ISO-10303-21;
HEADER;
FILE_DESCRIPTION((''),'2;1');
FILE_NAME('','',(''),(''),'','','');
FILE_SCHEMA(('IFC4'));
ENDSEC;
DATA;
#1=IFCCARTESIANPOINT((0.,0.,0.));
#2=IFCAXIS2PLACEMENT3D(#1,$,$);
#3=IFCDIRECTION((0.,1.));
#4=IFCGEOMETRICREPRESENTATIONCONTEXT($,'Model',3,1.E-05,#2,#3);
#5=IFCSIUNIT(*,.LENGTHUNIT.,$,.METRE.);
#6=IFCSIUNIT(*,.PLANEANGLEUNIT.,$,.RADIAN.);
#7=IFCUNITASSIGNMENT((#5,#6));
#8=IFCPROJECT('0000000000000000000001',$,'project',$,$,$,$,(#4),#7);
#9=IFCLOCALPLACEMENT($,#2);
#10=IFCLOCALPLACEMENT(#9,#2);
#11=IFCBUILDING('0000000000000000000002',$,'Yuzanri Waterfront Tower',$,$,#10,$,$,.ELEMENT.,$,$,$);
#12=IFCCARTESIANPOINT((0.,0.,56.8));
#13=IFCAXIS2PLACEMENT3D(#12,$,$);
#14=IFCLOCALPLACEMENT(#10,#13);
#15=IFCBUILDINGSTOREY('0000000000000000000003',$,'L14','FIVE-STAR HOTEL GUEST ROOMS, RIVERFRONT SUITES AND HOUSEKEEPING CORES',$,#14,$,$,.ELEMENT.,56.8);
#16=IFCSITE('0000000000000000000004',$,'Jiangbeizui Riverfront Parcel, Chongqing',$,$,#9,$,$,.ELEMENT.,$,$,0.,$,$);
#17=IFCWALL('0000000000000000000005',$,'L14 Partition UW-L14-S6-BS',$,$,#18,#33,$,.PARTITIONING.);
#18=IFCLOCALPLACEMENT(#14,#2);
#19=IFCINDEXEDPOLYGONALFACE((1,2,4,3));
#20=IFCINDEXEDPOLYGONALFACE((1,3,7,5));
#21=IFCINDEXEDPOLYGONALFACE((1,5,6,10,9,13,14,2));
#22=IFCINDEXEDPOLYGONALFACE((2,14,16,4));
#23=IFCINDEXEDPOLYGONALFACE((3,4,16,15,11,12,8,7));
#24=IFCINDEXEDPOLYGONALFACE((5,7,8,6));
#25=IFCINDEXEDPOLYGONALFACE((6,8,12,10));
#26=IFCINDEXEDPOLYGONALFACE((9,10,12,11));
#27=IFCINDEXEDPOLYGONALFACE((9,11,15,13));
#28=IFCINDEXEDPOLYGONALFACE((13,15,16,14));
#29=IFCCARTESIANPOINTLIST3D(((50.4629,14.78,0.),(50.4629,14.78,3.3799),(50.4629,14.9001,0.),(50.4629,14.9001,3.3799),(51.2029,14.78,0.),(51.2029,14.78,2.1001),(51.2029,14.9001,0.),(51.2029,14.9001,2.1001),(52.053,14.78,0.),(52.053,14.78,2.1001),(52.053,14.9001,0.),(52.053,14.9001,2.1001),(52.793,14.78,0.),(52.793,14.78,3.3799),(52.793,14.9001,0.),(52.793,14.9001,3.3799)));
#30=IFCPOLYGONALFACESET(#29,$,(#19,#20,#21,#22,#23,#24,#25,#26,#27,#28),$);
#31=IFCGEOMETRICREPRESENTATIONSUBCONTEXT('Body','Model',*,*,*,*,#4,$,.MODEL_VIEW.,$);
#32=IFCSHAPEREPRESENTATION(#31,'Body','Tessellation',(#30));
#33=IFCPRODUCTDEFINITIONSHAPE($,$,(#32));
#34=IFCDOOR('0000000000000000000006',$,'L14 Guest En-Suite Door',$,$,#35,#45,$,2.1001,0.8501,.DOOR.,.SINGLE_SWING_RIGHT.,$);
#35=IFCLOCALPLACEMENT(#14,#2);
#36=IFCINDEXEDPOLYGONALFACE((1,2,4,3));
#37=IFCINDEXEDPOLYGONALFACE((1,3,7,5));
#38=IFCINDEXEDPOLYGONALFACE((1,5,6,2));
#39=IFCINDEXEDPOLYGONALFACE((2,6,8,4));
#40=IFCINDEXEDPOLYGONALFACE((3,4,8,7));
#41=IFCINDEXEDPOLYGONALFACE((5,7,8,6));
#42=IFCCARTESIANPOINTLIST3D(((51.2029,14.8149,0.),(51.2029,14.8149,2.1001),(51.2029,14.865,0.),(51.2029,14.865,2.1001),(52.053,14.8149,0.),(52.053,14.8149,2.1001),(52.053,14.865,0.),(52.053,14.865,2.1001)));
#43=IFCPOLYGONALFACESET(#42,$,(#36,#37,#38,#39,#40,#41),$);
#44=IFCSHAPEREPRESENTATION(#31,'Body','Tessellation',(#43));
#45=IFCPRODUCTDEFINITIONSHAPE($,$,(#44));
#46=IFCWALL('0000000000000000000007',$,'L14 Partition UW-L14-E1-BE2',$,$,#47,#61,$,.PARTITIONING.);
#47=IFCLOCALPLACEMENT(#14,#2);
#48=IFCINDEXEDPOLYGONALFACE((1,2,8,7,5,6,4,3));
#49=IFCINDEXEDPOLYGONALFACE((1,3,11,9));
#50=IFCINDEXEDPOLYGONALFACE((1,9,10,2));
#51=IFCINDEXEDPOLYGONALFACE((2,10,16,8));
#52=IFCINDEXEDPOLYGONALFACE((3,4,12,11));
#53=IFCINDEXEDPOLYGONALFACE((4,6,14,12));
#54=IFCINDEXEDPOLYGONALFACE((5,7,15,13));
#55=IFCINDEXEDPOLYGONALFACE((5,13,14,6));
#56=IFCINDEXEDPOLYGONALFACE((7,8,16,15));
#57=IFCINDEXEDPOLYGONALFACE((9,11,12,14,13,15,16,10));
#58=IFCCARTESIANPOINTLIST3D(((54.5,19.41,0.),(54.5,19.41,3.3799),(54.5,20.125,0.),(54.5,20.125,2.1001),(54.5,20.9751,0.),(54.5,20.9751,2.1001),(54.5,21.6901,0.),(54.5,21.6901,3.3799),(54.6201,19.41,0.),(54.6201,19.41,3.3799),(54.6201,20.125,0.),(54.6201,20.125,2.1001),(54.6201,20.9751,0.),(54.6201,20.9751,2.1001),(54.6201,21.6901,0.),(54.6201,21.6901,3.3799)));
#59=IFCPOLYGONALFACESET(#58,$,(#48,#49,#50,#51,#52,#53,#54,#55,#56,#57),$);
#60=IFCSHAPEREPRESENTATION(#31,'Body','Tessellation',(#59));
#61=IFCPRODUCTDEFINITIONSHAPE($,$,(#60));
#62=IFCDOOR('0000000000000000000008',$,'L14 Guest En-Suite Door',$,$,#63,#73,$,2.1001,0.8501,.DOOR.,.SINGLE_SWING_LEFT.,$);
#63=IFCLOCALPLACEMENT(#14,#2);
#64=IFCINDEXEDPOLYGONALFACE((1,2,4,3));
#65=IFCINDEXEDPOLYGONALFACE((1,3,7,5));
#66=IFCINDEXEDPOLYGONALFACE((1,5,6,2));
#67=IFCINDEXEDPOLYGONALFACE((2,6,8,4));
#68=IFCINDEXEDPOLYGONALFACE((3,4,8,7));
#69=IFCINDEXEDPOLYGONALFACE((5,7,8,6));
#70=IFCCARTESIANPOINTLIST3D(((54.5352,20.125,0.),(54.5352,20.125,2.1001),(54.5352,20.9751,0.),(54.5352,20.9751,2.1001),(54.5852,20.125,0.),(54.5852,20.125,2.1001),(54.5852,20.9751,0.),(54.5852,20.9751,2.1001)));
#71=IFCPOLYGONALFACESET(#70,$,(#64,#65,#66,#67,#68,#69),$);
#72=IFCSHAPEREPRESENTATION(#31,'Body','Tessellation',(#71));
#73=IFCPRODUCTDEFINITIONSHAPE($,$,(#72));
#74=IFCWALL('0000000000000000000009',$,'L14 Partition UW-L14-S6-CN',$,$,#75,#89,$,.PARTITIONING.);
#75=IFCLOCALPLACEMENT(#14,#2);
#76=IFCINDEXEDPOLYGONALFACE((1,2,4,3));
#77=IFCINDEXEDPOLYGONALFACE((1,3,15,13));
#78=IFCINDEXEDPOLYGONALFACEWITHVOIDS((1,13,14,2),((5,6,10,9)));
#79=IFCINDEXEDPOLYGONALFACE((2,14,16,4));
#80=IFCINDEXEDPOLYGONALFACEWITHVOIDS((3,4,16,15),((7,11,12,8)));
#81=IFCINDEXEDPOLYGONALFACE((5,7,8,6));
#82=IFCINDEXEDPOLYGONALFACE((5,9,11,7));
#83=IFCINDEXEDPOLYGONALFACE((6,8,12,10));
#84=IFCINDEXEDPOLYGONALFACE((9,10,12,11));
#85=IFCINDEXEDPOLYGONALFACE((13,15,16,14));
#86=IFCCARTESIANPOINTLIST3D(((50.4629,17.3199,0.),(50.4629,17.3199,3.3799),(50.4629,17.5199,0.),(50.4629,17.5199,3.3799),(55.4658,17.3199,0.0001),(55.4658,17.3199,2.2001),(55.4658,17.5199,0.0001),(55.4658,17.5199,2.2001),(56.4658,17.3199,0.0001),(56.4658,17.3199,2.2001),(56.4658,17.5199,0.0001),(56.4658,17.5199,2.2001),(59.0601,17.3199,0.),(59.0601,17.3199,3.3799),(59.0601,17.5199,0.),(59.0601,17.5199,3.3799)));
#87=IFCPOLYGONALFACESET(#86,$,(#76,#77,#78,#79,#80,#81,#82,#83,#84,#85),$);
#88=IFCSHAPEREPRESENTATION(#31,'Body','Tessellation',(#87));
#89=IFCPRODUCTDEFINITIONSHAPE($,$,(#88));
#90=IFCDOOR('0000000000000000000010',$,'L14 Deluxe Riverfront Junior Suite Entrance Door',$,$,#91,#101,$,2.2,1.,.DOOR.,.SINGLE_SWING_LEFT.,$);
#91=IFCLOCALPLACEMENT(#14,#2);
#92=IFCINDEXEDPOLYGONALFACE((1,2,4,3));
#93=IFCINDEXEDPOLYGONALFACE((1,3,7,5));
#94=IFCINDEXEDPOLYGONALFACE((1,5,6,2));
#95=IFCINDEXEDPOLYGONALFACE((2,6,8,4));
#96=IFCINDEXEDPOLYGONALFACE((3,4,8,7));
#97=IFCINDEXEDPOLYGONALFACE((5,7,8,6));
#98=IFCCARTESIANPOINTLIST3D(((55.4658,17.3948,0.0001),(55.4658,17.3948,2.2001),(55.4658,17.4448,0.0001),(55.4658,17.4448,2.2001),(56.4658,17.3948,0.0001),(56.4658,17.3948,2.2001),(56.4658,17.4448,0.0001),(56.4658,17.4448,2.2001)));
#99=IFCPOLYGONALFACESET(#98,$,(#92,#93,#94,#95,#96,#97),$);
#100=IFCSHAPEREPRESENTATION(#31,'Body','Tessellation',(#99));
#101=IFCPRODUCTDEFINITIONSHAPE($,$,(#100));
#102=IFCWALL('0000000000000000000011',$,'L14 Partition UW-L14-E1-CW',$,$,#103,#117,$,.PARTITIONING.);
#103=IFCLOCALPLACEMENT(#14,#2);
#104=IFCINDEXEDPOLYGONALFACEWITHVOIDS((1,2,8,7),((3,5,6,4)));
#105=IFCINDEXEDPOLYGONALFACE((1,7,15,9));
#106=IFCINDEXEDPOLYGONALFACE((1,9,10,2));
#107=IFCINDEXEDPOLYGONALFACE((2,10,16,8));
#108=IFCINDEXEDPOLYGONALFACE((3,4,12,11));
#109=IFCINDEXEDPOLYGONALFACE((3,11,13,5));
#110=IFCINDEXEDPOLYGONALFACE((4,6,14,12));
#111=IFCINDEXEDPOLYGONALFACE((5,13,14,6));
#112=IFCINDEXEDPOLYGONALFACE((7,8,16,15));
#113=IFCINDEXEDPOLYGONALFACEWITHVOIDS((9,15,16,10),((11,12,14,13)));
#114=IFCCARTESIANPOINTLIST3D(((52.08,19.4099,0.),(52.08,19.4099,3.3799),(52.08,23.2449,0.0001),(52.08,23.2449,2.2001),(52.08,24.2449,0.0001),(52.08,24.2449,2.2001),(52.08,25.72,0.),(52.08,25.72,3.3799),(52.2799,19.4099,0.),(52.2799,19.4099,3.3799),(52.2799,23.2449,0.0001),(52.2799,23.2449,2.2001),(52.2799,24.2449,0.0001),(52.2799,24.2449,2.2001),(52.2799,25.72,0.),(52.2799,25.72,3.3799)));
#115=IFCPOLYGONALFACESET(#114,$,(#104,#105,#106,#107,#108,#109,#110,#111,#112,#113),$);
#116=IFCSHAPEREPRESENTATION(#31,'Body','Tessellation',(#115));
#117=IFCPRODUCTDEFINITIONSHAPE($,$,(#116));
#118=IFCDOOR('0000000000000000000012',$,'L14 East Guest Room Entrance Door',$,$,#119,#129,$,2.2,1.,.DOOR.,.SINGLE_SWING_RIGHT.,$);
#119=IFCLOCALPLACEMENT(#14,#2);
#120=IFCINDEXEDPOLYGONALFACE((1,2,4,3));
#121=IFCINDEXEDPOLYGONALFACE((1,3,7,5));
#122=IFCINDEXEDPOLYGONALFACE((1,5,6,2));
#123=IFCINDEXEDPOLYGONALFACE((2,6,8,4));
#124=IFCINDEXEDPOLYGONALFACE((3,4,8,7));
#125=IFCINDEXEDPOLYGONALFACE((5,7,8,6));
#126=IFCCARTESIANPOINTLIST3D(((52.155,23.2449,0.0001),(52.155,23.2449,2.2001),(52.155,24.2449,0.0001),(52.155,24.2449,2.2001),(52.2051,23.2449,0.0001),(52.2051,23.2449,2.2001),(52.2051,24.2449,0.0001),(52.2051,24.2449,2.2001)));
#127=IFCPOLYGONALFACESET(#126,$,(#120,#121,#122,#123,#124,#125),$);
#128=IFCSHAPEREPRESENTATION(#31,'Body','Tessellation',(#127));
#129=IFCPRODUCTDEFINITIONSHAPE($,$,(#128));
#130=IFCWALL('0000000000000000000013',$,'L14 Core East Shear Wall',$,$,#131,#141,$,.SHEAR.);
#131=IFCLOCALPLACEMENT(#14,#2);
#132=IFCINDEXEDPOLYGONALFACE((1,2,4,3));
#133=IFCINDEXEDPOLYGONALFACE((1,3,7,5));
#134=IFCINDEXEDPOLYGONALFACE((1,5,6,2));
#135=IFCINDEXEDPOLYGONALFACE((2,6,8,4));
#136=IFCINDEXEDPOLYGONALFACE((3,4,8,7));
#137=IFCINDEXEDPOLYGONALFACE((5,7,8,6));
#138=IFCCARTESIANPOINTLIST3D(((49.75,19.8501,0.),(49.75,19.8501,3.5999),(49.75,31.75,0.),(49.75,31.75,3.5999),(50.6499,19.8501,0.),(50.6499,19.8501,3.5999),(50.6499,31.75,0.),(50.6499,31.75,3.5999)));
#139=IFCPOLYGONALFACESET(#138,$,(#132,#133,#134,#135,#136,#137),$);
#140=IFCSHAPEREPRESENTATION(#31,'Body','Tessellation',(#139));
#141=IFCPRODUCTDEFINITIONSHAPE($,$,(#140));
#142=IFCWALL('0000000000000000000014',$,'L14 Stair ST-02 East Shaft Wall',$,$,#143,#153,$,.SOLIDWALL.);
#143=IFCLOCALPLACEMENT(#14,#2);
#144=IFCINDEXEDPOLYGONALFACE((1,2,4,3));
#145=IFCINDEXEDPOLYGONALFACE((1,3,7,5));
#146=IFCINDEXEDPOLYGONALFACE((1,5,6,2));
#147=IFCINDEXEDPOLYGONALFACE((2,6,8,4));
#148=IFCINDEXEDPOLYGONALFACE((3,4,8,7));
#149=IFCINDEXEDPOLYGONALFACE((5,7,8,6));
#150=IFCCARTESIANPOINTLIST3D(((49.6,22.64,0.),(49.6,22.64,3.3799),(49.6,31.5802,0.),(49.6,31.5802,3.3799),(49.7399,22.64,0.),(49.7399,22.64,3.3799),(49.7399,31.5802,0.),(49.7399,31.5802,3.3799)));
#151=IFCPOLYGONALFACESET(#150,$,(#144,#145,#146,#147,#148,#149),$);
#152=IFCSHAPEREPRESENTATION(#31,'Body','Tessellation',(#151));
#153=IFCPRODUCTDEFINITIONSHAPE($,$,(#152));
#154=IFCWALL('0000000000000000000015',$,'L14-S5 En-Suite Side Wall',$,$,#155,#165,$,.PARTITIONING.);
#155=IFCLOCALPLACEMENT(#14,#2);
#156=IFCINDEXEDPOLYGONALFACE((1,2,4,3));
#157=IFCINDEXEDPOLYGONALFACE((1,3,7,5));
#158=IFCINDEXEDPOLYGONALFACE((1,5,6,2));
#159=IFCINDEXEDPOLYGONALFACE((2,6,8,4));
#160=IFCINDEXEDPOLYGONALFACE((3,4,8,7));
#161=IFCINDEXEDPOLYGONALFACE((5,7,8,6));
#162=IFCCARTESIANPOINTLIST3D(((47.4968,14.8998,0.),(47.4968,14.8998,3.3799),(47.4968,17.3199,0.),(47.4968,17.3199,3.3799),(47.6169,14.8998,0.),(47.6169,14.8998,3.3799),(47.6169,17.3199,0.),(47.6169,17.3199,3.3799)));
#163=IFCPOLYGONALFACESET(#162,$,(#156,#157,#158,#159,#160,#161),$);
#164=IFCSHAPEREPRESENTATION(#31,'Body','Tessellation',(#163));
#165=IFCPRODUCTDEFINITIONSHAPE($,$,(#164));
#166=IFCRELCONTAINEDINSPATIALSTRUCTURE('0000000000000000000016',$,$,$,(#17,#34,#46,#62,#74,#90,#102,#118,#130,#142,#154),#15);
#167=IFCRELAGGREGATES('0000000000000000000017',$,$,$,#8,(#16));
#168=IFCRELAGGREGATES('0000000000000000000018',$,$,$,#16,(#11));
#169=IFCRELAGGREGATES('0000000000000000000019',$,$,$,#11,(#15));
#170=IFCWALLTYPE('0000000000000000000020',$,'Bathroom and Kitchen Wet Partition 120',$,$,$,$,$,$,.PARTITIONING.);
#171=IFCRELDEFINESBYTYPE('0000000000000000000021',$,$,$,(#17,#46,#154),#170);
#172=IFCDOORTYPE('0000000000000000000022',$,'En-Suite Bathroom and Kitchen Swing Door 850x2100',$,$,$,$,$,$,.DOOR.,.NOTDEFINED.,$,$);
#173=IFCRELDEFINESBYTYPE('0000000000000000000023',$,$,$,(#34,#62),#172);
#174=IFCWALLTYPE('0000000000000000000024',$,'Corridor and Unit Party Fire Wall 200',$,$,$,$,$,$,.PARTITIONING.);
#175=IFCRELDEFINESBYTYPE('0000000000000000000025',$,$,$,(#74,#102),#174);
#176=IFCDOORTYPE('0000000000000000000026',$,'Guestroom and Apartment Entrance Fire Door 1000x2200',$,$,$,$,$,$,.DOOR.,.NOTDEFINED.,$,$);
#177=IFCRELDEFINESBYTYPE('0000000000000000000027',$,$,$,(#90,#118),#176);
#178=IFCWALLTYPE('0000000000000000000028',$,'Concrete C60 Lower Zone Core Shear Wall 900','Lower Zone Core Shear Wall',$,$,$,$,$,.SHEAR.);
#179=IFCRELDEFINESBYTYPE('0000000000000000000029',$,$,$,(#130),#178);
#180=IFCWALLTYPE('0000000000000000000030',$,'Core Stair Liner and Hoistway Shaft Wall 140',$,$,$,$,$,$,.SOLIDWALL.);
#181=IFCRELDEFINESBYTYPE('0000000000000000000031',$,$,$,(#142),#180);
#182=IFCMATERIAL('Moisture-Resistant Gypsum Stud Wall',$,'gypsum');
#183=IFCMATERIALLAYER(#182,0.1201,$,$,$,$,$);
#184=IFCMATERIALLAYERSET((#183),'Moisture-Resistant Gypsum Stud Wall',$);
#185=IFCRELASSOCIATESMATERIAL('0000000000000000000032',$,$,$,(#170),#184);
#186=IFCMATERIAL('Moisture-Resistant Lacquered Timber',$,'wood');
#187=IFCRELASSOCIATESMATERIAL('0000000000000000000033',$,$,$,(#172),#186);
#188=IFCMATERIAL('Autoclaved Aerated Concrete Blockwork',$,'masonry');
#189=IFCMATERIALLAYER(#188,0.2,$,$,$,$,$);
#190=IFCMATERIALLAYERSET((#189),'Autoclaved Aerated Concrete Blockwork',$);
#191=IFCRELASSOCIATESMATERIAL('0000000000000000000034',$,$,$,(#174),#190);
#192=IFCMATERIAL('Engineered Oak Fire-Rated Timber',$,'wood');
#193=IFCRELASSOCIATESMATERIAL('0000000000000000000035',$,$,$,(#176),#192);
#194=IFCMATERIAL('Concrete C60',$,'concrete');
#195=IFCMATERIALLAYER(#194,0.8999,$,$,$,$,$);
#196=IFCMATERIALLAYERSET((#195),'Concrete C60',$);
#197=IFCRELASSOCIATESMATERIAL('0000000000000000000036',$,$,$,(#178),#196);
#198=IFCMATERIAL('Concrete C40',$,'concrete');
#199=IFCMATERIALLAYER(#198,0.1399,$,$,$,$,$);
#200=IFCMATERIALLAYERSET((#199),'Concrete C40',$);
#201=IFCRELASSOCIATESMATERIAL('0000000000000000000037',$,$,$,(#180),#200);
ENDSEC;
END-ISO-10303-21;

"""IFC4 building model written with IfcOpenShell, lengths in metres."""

from ifc_helpers import new_model, si_unit, direction, frame, frame_2d, origin, place, context, subcontext, project, spatial, rectangle, extrude, source, transform, mapped, material, layer, layer_set, type_object, element, fill, save


model = new_model("IFC4")

# Units and contexts
model_context = context("Model", 3, precision=1e-05, world=origin(), true_north=direction((0.0, 1.0)))
body_context = subcontext(model_context, "Body", "Model", "MODEL_VIEW")
ifc_project = project(units=[si_unit("LENGTHUNIT", "METRE"), si_unit("PLANEANGLEUNIT", "RADIAN")], contexts=[model_context])

# Site, building, storey
site_placement = place(None, origin())
site = spatial("IfcSite", under=ifc_project, at=site_placement, Name="Jiangbeizui Riverfront Parcel, Chongqing", CompositionType="ELEMENT", RefElevation=0.0)
building_placement = place(site_placement, origin())
building = spatial("IfcBuilding", under=site, at=building_placement, Name="Yuzanri Waterfront Tower", CompositionType="ELEMENT")
storey_placement = place(building_placement, frame((0.0, 0.0, 56.8)))
storey = spatial("IfcBuildingStorey", under=building, at=storey_placement, Name="L14", Description="FIVE-STAR HOTEL GUEST ROOMS, RIVERFRONT SUITES AND HOUSEKEEPING CORES", CompositionType="ELEMENT", Elevation=56.8)

# Walls, openings, doors
ifc_material_1 = material(Name="Moisture-Resistant Gypsum Stud Wall", Category="gypsum")
ifc_layer_1 = layer(ifc_material_1, 0.1201)
ifc_layer_set_1 = layer_set([ifc_layer_1], Name="Moisture-Resistant Gypsum Stud Wall")
wall_type_1 = type_object("IfcWallType", Name="Bathroom and Kitchen Wet Partition 120", PredefinedType="PARTITIONING", material=ifc_layer_set_1)
wall_1_placement = place(storey_placement, frame((50.4629, 14.8401, 0.0), z_axis=(0.0, 0.0, 1.0), x_axis=(1.0, 0.0, 0.0)))
wall_1 = element("IfcWall", 1, at=wall_1_placement, inside=storey, type_object=wall_type_1, Name="L14 Partition UW-L14-S6-BS", PredefinedType="PARTITIONING", context=body_context, shape_type="SweptSolid", body=[
    extrude(rectangle(XDim=2.3301, YDim=0.1201, at=frame_2d((1.165, 0.0))), origin(), (0.0, 0.0, 1.0), 3.3799),
])
opening_1_placement = place(wall_1_placement, frame((0.74, 0.0, 0.0)))
opening_1 = element("IfcOpeningElement", 2, at=opening_1_placement, cuts=wall_1, PredefinedType="OPENING", context=body_context, shape_type="SweptSolid", body=[
    extrude(rectangle(XDim=0.8501, YDim=2.1001, at=frame_2d((0.425, 1.05))), frame((0.0, 0.075, 0.0), z_axis=(0.0, -1.0, 0.0), x_axis=(1.0, 0.0, 0.0)), (0.0, 0.0, 1.0), 0.1499),
])
ifc_material_2 = material(Name="Moisture-Resistant Lacquered Timber", Category="wood")
door_type_1 = type_object("IfcDoorType", Name="En-Suite Bathroom and Kitchen Swing Door 850x2100", OperationType="NOTDEFINED", PredefinedType="DOOR", material=ifc_material_2)
shared_shape_1 = source(origin(), body_context, "Body", "SweptSolid", [
    extrude(rectangle(XDim=0.8501, YDim=2.1001, at=frame_2d((0.425, 1.05))), frame((0.0, 0.0249, 0.0), z_axis=(0.0, -1.0, 0.0), x_axis=(1.0, 0.0, 0.0)), (0.0, 0.0, 1.0), 0.05),
])
door_1_placement = place(opening_1_placement, origin())
door_1 = element("IfcDoor", 3, at=door_1_placement, inside=storey, type_object=door_type_1, Name="L14 Guest En-Suite Door", OperationType="SINGLE_SWING_RIGHT", OverallHeight=2.1001, OverallWidth=0.8501, PredefinedType="DOOR", context=body_context, shape_type="MappedRepresentation", body=[
    mapped(shared_shape_1, transform((0.0, 0.0, 0.0), scale=1.0)),
])
fill(opening_1, door_1)
wall_2_placement = place(storey_placement, frame((54.5601, 19.4099, 0.0), z_axis=(0.0, 0.0, 1.0), x_axis=(0.0, 1.0, 0.0)))
wall_2 = element("IfcWall", 4, at=wall_2_placement, inside=storey, type_object=wall_type_1, Name="L14 Partition UW-L14-E1-BE2", PredefinedType="PARTITIONING", context=body_context, shape_type="SweptSolid", body=[
    extrude(rectangle(XDim=2.28, YDim=0.1201, at=frame_2d((1.1401, 0.0))), origin(), (0.0, 0.0, 1.0), 3.3799),
])
opening_2_placement = place(wall_2_placement, frame((0.7151, 0.0, 0.0)))
opening_2 = element("IfcOpeningElement", 5, at=opening_2_placement, cuts=wall_2, PredefinedType="OPENING", context=body_context, shape_type="SweptSolid", body=[
    extrude(rectangle(XDim=0.8501, YDim=2.1001, at=frame_2d((0.425, 1.05))), frame((0.0, 0.075, 0.0), z_axis=(0.0, -1.0, 0.0), x_axis=(1.0, 0.0, 0.0)), (0.0, 0.0, 1.0), 0.1499),
])
door_2_placement = place(opening_2_placement, origin())
door_2 = element("IfcDoor", 6, at=door_2_placement, inside=storey, type_object=door_type_1, Name="L14 Guest En-Suite Door", OperationType="SINGLE_SWING_LEFT", OverallHeight=2.1001, OverallWidth=0.8501, PredefinedType="DOOR", context=body_context, shape_type="MappedRepresentation", body=[
    mapped(shared_shape_1, transform((0.0, 0.0, 0.0), scale=1.0)),
])
fill(opening_2, door_2)
ifc_material_3 = material(Name="Autoclaved Aerated Concrete Blockwork", Category="masonry")
ifc_layer_2 = layer(ifc_material_3, 0.2)
ifc_layer_set_2 = layer_set([ifc_layer_2], Name="Autoclaved Aerated Concrete Blockwork")
wall_type_2 = type_object("IfcWallType", Name="Corridor and Unit Party Fire Wall 200", PredefinedType="PARTITIONING", material=ifc_layer_set_2)
wall_3_placement = place(storey_placement, frame((50.4629, 17.4199, 0.0), z_axis=(0.0, 0.0, 1.0), x_axis=(1.0, 0.0, 0.0)))
wall_3 = element("IfcWall", 7, at=wall_3_placement, inside=storey, type_object=wall_type_2, Name="L14 Partition UW-L14-S6-CN", PredefinedType="PARTITIONING", context=body_context, shape_type="SweptSolid", body=[
    extrude(rectangle(XDim=8.5972, YDim=0.2, at=frame_2d((4.2986, 0.0))), origin(), (0.0, 0.0, 1.0), 3.3799),
])
opening_3_placement = place(wall_3_placement, frame((5.0029, 0.0, 0.0)))
opening_3 = element("IfcOpeningElement", 8, at=opening_3_placement, cuts=wall_3, PredefinedType="OPENING", context=body_context, shape_type="SweptSolid", body=[
    extrude(rectangle(XDim=1.0, YDim=2.2, at=frame_2d((0.5, 1.1001))), frame((0.0, 0.1147, 0.0), z_axis=(0.0, -1.0, 0.0), x_axis=(1.0, 0.0, 0.0)), (0.0, 0.0, 1.0), 0.2297),
])
ifc_material_4 = material(Name="Engineered Oak Fire-Rated Timber", Category="wood")
door_type_2 = type_object("IfcDoorType", Name="Guestroom and Apartment Entrance Fire Door 1000x2200", OperationType="NOTDEFINED", PredefinedType="DOOR", material=ifc_material_4)
shared_shape_2 = source(origin(), body_context, "Body", "SweptSolid", [
    extrude(rectangle(XDim=1.0, YDim=2.2, at=frame_2d((0.5, 1.1001))), frame((0.0, 0.0249, 0.0), z_axis=(0.0, -1.0, 0.0), x_axis=(1.0, 0.0, 0.0)), (0.0, 0.0, 1.0), 0.05),
])
door_3_placement = place(opening_3_placement, origin())
door_3 = element("IfcDoor", 9, at=door_3_placement, inside=storey, type_object=door_type_2, Name="L14 Deluxe Riverfront Junior Suite Entrance Door", OperationType="SINGLE_SWING_LEFT", OverallHeight=2.2, OverallWidth=1.0, PredefinedType="DOOR", context=body_context, shape_type="MappedRepresentation", body=[
    mapped(shared_shape_2, transform((0.0, 0.0, 0.0), scale=1.0)),
])
fill(opening_3, door_3)
wall_4_placement = place(storey_placement, frame((52.1799, 19.4099, 0.0), z_axis=(0.0, 0.0, 1.0), x_axis=(0.0, 1.0, 0.0)))
wall_4 = element("IfcWall", 10, at=wall_4_placement, inside=storey, type_object=wall_type_2, Name="L14 Partition UW-L14-E1-CW", PredefinedType="PARTITIONING", context=body_context, shape_type="SweptSolid", body=[
    extrude(rectangle(XDim=6.3101, YDim=0.2, at=frame_2d((3.155, 0.0))), origin(), (0.0, 0.0, 1.0), 3.3799),
])
opening_4_placement = place(wall_4_placement, frame((3.835, 0.0, 0.0)))
opening_4 = element("IfcOpeningElement", 11, at=opening_4_placement, cuts=wall_4, PredefinedType="OPENING", context=body_context, shape_type="SweptSolid", body=[
    extrude(rectangle(XDim=1.0, YDim=2.2, at=frame_2d((0.5, 1.1001))), frame((0.0, 0.1147, 0.0), z_axis=(0.0, -1.0, 0.0), x_axis=(1.0, 0.0, 0.0)), (0.0, 0.0, 1.0), 0.2297),
])
door_4_placement = place(opening_4_placement, origin())
door_4 = element("IfcDoor", 12, at=door_4_placement, inside=storey, type_object=door_type_2, Name="L14 East Guest Room Entrance Door", OperationType="SINGLE_SWING_RIGHT", OverallHeight=2.2, OverallWidth=1.0, PredefinedType="DOOR", context=body_context, shape_type="MappedRepresentation", body=[
    mapped(shared_shape_2, transform((0.0, 0.0, 0.0), scale=1.0)),
])
fill(opening_4, door_4)

# Walls
ifc_material_5 = material(Name="Concrete C60", Category="concrete")
ifc_layer_3 = layer(ifc_material_5, 0.8999)
ifc_layer_set_3 = layer_set([ifc_layer_3], Name="Concrete C60")
wall_type_3 = type_object("IfcWallType", Name="Concrete C60 Lower Zone Core Shear Wall 900", Description="Lower Zone Core Shear Wall", PredefinedType="SHEAR", material=ifc_layer_set_3)
shared_shape_3 = source(origin(), body_context, "Body", "SweptSolid", [
    extrude(rectangle(XDim=11.8999, YDim=0.8999, at=frame_2d((5.95, 0.0))), origin(), (0.0, 0.0, 1.0), 3.5999),
])
wall_5_placement = place(storey_placement, frame((50.2, 19.8501, 0.0), z_axis=(0.0, 0.0, 1.0), x_axis=(0.0, 1.0, 0.0)))
element("IfcWall", 13, at=wall_5_placement, inside=storey, type_object=wall_type_3, Name="L14 Core East Shear Wall", PredefinedType="SHEAR", context=body_context, shape_type="MappedRepresentation", body=[
    mapped(shared_shape_3, transform((0.0, 0.0, 0.0), scale=1.0)),
])
ifc_material_6 = material(Name="Concrete C40", Category="concrete")
ifc_layer_4 = layer(ifc_material_6, 0.1399)
ifc_layer_set_4 = layer_set([ifc_layer_4], Name="Concrete C40")
wall_type_4 = type_object("IfcWallType", Name="Core Stair Liner and Hoistway Shaft Wall 140", PredefinedType="SOLIDWALL", material=ifc_layer_set_4)
shared_shape_4 = source(origin(), body_context, "Body", "SweptSolid", [
    extrude(rectangle(XDim=8.9402, YDim=0.1399, at=frame_2d((4.4702, 0.0))), origin(), (0.0, 0.0, 1.0), 3.3799),
])
wall_6_placement = place(storey_placement, frame((49.6699, 22.6399, 0.0), z_axis=(0.0, 0.0, 1.0), x_axis=(0.0, 1.0, 0.0)))
element("IfcWall", 14, at=wall_6_placement, inside=storey, type_object=wall_type_4, Name="L14 Stair ST-02 East Shaft Wall", PredefinedType="SOLIDWALL", context=body_context, shape_type="MappedRepresentation", body=[
    mapped(shared_shape_4, transform((0.0, 0.0, 0.0), scale=1.0)),
])
shared_shape_5 = source(origin(), body_context, "Body", "SweptSolid", [
    extrude(rectangle(XDim=2.4202, YDim=0.1201, at=frame_2d((1.21, 0.0))), origin(), (0.0, 0.0, 1.0), 3.3799),
])
for number, where, z_axis, x_axis, name in (
    (15, (47.5569, 14.8999, 0.0), (0.0, 0.0, 1.0), (0.0, 1.0, 0.0), "L14-S5 En-Suite Side Wall"),
):
    element("IfcWall", number, at=place(storey_placement, frame(where, z_axis=z_axis, x_axis=x_axis)), inside=storey, type_object=wall_type_1, Name=name, PredefinedType="PARTITIONING", context=body_context, shape_type="MappedRepresentation", body=[
        mapped(shared_shape_5, transform((0.0, 0.0, 0.0), scale=1.0)),
    ])

save(model, "model.ifc")
